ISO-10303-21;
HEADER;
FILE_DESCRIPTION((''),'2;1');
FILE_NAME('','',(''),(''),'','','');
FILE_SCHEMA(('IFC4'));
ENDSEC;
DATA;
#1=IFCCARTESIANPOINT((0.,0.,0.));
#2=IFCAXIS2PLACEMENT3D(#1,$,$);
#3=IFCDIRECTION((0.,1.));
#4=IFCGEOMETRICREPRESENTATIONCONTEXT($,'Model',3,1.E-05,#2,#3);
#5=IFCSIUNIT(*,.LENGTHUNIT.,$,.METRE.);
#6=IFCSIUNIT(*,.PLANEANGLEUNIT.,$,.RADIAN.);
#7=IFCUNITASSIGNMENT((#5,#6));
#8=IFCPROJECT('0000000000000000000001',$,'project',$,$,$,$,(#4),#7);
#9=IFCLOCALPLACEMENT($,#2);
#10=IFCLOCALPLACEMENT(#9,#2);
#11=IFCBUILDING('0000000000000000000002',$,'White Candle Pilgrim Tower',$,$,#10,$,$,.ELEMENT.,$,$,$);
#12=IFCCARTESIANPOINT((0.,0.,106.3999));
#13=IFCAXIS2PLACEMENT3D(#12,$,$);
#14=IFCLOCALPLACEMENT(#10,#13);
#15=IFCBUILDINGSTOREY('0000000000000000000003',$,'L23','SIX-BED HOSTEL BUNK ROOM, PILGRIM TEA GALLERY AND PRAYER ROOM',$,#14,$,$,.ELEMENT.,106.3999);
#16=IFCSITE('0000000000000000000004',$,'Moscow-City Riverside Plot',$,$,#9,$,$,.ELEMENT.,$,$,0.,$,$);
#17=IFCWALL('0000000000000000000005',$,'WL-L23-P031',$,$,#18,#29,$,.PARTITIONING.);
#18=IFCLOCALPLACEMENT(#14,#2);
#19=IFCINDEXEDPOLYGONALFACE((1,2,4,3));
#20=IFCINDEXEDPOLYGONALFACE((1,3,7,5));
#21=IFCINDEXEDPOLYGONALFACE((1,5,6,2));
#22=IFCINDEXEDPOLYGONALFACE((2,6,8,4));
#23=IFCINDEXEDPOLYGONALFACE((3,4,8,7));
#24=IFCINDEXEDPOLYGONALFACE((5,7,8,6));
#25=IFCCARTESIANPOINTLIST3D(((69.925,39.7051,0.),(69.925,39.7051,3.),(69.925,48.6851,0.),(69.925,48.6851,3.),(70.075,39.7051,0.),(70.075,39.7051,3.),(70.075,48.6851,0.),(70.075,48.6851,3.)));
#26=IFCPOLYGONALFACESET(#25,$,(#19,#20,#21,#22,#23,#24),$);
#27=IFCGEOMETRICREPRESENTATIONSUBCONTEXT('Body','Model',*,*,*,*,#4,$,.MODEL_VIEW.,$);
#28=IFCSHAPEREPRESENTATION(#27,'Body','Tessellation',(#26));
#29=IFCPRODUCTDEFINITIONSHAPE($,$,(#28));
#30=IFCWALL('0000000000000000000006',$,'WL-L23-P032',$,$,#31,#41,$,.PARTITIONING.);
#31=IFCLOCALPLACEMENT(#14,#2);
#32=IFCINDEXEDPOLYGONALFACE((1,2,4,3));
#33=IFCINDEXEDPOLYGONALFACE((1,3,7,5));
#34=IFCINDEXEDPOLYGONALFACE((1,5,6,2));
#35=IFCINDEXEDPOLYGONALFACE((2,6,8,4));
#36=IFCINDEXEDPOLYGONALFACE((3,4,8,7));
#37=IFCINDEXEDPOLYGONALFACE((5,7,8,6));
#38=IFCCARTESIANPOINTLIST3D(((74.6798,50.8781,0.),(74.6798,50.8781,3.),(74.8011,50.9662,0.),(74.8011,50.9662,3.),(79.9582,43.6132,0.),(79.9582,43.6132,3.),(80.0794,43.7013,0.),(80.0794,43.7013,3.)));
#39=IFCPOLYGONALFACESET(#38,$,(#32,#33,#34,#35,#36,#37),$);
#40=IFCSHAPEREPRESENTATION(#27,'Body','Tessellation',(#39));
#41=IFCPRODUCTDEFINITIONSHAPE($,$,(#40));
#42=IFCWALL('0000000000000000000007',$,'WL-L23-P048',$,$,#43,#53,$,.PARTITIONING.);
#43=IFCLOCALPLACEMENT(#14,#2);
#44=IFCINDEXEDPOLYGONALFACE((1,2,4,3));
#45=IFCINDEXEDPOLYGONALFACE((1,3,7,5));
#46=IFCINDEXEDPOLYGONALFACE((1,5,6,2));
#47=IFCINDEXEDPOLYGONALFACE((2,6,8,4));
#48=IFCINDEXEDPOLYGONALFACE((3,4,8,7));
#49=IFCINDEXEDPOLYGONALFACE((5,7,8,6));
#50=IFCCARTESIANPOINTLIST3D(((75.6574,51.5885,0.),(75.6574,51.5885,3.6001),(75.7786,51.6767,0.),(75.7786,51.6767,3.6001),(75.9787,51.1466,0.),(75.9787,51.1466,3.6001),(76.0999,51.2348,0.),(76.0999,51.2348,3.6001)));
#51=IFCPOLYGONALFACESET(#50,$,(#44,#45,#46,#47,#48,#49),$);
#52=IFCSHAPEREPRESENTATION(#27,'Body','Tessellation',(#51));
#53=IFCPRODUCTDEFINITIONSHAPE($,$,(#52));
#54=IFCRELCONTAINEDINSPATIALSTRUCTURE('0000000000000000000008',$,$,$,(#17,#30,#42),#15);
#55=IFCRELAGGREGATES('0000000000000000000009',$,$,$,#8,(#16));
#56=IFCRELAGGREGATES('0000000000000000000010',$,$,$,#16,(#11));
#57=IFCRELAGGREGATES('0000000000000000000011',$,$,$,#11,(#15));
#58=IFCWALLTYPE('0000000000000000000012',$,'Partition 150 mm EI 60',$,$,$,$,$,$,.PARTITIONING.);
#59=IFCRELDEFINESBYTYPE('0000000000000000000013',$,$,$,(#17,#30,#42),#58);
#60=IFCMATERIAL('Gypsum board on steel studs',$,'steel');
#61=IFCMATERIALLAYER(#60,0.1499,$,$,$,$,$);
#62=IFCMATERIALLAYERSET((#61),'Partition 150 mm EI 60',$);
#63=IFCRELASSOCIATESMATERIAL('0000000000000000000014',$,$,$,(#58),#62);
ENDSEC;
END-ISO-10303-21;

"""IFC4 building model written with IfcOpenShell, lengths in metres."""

from ifc_helpers import new_model, si_unit, direction, frame, frame_2d, origin, place, context, subcontext, project, spatial, rectangle, extrude, material, layer, layer_set, type_object, element, save


model = new_model("IFC4")

# Units and contexts
model_context = context("Model", 3, precision=1e-05, world=origin(), true_north=direction((0.0, 1.0)))
body_context = subcontext(model_context, "Body", "Model", "MODEL_VIEW")
ifc_project = project(units=[si_unit("LENGTHUNIT", "METRE"), si_unit("PLANEANGLEUNIT", "RADIAN")], contexts=[model_context])

# Site, building, storey
site_placement = place(None, origin())
site = spatial("IfcSite", under=ifc_project, at=site_placement, Name="Moscow-City Riverside Plot", CompositionType="ELEMENT", RefElevation=0.0)
building_placement = place(site_placement, origin())
building = spatial("IfcBuilding", under=site, at=building_placement, Name="White Candle Pilgrim Tower", CompositionType="ELEMENT")
storey_placement = place(building_placement, frame((0.0, 0.0, 106.3999)))
storey = spatial("IfcBuildingStorey", under=building, at=storey_placement, Name="L23", Description="SIX-BED HOSTEL BUNK ROOM, PILGRIM TEA GALLERY AND PRAYER ROOM", CompositionType="ELEMENT", Elevation=106.3999)

# Shared definitions
ifc_material_1 = material(Name="Gypsum board on steel studs", Category="steel")

# Walls
ifc_layer_1 = layer(ifc_material_1, 0.1499)
ifc_layer_set_1 = layer_set([ifc_layer_1], Name="Partition 150 mm EI 60")
wall_type_1 = type_object("IfcWallType", Name="Partition 150 mm EI 60", PredefinedType="PARTITIONING", material=ifc_layer_set_1)
for number, where, z_axis, x_axis, name in (
    (1, (70.0, 39.7051, 0.0), (0.0, 0.0, 1.0), (0.0, 1.0, 0.0), "WL-L23-P031"),
    (2, (80.0188, 43.6572, 0.0), (0.0, 0.0, 1.0), (-0.58779, 0.809013, 0.0), "WL-L23-P032"),
):
    element("IfcWall", number, at=place(storey_placement, frame(where, z_axis=z_axis, x_axis=x_axis)), inside=storey, type_object=wall_type_1, Name=name, PredefinedType="PARTITIONING", context=body_context, shape_type="SweptSolid", body=[
        extrude(rectangle(XDim=8.98, YDim=0.1499, at=frame_2d((4.49, 0.0))), origin(), (0.0, 0.0, 1.0), 3.0),
    ])
wall_1_placement = place(storey_placement, frame((76.0393, 51.1907, 0.0), z_axis=(0.0, 0.0, 1.0), x_axis=(-0.588065, 0.808813, 0.0)))
element("IfcWall", 3, at=wall_1_placement, inside=storey, type_object=wall_type_1, Name="WL-L23-P048", PredefinedType="PARTITIONING", context=body_context, shape_type="SweptSolid", body=[
    extrude(rectangle(XDim=0.5464, YDim=0.1499, at=frame_2d((0.2732, 0.0))), origin(), (0.0, 0.0, 1.0), 3.6001),
])

save(model, "model.ifc")
